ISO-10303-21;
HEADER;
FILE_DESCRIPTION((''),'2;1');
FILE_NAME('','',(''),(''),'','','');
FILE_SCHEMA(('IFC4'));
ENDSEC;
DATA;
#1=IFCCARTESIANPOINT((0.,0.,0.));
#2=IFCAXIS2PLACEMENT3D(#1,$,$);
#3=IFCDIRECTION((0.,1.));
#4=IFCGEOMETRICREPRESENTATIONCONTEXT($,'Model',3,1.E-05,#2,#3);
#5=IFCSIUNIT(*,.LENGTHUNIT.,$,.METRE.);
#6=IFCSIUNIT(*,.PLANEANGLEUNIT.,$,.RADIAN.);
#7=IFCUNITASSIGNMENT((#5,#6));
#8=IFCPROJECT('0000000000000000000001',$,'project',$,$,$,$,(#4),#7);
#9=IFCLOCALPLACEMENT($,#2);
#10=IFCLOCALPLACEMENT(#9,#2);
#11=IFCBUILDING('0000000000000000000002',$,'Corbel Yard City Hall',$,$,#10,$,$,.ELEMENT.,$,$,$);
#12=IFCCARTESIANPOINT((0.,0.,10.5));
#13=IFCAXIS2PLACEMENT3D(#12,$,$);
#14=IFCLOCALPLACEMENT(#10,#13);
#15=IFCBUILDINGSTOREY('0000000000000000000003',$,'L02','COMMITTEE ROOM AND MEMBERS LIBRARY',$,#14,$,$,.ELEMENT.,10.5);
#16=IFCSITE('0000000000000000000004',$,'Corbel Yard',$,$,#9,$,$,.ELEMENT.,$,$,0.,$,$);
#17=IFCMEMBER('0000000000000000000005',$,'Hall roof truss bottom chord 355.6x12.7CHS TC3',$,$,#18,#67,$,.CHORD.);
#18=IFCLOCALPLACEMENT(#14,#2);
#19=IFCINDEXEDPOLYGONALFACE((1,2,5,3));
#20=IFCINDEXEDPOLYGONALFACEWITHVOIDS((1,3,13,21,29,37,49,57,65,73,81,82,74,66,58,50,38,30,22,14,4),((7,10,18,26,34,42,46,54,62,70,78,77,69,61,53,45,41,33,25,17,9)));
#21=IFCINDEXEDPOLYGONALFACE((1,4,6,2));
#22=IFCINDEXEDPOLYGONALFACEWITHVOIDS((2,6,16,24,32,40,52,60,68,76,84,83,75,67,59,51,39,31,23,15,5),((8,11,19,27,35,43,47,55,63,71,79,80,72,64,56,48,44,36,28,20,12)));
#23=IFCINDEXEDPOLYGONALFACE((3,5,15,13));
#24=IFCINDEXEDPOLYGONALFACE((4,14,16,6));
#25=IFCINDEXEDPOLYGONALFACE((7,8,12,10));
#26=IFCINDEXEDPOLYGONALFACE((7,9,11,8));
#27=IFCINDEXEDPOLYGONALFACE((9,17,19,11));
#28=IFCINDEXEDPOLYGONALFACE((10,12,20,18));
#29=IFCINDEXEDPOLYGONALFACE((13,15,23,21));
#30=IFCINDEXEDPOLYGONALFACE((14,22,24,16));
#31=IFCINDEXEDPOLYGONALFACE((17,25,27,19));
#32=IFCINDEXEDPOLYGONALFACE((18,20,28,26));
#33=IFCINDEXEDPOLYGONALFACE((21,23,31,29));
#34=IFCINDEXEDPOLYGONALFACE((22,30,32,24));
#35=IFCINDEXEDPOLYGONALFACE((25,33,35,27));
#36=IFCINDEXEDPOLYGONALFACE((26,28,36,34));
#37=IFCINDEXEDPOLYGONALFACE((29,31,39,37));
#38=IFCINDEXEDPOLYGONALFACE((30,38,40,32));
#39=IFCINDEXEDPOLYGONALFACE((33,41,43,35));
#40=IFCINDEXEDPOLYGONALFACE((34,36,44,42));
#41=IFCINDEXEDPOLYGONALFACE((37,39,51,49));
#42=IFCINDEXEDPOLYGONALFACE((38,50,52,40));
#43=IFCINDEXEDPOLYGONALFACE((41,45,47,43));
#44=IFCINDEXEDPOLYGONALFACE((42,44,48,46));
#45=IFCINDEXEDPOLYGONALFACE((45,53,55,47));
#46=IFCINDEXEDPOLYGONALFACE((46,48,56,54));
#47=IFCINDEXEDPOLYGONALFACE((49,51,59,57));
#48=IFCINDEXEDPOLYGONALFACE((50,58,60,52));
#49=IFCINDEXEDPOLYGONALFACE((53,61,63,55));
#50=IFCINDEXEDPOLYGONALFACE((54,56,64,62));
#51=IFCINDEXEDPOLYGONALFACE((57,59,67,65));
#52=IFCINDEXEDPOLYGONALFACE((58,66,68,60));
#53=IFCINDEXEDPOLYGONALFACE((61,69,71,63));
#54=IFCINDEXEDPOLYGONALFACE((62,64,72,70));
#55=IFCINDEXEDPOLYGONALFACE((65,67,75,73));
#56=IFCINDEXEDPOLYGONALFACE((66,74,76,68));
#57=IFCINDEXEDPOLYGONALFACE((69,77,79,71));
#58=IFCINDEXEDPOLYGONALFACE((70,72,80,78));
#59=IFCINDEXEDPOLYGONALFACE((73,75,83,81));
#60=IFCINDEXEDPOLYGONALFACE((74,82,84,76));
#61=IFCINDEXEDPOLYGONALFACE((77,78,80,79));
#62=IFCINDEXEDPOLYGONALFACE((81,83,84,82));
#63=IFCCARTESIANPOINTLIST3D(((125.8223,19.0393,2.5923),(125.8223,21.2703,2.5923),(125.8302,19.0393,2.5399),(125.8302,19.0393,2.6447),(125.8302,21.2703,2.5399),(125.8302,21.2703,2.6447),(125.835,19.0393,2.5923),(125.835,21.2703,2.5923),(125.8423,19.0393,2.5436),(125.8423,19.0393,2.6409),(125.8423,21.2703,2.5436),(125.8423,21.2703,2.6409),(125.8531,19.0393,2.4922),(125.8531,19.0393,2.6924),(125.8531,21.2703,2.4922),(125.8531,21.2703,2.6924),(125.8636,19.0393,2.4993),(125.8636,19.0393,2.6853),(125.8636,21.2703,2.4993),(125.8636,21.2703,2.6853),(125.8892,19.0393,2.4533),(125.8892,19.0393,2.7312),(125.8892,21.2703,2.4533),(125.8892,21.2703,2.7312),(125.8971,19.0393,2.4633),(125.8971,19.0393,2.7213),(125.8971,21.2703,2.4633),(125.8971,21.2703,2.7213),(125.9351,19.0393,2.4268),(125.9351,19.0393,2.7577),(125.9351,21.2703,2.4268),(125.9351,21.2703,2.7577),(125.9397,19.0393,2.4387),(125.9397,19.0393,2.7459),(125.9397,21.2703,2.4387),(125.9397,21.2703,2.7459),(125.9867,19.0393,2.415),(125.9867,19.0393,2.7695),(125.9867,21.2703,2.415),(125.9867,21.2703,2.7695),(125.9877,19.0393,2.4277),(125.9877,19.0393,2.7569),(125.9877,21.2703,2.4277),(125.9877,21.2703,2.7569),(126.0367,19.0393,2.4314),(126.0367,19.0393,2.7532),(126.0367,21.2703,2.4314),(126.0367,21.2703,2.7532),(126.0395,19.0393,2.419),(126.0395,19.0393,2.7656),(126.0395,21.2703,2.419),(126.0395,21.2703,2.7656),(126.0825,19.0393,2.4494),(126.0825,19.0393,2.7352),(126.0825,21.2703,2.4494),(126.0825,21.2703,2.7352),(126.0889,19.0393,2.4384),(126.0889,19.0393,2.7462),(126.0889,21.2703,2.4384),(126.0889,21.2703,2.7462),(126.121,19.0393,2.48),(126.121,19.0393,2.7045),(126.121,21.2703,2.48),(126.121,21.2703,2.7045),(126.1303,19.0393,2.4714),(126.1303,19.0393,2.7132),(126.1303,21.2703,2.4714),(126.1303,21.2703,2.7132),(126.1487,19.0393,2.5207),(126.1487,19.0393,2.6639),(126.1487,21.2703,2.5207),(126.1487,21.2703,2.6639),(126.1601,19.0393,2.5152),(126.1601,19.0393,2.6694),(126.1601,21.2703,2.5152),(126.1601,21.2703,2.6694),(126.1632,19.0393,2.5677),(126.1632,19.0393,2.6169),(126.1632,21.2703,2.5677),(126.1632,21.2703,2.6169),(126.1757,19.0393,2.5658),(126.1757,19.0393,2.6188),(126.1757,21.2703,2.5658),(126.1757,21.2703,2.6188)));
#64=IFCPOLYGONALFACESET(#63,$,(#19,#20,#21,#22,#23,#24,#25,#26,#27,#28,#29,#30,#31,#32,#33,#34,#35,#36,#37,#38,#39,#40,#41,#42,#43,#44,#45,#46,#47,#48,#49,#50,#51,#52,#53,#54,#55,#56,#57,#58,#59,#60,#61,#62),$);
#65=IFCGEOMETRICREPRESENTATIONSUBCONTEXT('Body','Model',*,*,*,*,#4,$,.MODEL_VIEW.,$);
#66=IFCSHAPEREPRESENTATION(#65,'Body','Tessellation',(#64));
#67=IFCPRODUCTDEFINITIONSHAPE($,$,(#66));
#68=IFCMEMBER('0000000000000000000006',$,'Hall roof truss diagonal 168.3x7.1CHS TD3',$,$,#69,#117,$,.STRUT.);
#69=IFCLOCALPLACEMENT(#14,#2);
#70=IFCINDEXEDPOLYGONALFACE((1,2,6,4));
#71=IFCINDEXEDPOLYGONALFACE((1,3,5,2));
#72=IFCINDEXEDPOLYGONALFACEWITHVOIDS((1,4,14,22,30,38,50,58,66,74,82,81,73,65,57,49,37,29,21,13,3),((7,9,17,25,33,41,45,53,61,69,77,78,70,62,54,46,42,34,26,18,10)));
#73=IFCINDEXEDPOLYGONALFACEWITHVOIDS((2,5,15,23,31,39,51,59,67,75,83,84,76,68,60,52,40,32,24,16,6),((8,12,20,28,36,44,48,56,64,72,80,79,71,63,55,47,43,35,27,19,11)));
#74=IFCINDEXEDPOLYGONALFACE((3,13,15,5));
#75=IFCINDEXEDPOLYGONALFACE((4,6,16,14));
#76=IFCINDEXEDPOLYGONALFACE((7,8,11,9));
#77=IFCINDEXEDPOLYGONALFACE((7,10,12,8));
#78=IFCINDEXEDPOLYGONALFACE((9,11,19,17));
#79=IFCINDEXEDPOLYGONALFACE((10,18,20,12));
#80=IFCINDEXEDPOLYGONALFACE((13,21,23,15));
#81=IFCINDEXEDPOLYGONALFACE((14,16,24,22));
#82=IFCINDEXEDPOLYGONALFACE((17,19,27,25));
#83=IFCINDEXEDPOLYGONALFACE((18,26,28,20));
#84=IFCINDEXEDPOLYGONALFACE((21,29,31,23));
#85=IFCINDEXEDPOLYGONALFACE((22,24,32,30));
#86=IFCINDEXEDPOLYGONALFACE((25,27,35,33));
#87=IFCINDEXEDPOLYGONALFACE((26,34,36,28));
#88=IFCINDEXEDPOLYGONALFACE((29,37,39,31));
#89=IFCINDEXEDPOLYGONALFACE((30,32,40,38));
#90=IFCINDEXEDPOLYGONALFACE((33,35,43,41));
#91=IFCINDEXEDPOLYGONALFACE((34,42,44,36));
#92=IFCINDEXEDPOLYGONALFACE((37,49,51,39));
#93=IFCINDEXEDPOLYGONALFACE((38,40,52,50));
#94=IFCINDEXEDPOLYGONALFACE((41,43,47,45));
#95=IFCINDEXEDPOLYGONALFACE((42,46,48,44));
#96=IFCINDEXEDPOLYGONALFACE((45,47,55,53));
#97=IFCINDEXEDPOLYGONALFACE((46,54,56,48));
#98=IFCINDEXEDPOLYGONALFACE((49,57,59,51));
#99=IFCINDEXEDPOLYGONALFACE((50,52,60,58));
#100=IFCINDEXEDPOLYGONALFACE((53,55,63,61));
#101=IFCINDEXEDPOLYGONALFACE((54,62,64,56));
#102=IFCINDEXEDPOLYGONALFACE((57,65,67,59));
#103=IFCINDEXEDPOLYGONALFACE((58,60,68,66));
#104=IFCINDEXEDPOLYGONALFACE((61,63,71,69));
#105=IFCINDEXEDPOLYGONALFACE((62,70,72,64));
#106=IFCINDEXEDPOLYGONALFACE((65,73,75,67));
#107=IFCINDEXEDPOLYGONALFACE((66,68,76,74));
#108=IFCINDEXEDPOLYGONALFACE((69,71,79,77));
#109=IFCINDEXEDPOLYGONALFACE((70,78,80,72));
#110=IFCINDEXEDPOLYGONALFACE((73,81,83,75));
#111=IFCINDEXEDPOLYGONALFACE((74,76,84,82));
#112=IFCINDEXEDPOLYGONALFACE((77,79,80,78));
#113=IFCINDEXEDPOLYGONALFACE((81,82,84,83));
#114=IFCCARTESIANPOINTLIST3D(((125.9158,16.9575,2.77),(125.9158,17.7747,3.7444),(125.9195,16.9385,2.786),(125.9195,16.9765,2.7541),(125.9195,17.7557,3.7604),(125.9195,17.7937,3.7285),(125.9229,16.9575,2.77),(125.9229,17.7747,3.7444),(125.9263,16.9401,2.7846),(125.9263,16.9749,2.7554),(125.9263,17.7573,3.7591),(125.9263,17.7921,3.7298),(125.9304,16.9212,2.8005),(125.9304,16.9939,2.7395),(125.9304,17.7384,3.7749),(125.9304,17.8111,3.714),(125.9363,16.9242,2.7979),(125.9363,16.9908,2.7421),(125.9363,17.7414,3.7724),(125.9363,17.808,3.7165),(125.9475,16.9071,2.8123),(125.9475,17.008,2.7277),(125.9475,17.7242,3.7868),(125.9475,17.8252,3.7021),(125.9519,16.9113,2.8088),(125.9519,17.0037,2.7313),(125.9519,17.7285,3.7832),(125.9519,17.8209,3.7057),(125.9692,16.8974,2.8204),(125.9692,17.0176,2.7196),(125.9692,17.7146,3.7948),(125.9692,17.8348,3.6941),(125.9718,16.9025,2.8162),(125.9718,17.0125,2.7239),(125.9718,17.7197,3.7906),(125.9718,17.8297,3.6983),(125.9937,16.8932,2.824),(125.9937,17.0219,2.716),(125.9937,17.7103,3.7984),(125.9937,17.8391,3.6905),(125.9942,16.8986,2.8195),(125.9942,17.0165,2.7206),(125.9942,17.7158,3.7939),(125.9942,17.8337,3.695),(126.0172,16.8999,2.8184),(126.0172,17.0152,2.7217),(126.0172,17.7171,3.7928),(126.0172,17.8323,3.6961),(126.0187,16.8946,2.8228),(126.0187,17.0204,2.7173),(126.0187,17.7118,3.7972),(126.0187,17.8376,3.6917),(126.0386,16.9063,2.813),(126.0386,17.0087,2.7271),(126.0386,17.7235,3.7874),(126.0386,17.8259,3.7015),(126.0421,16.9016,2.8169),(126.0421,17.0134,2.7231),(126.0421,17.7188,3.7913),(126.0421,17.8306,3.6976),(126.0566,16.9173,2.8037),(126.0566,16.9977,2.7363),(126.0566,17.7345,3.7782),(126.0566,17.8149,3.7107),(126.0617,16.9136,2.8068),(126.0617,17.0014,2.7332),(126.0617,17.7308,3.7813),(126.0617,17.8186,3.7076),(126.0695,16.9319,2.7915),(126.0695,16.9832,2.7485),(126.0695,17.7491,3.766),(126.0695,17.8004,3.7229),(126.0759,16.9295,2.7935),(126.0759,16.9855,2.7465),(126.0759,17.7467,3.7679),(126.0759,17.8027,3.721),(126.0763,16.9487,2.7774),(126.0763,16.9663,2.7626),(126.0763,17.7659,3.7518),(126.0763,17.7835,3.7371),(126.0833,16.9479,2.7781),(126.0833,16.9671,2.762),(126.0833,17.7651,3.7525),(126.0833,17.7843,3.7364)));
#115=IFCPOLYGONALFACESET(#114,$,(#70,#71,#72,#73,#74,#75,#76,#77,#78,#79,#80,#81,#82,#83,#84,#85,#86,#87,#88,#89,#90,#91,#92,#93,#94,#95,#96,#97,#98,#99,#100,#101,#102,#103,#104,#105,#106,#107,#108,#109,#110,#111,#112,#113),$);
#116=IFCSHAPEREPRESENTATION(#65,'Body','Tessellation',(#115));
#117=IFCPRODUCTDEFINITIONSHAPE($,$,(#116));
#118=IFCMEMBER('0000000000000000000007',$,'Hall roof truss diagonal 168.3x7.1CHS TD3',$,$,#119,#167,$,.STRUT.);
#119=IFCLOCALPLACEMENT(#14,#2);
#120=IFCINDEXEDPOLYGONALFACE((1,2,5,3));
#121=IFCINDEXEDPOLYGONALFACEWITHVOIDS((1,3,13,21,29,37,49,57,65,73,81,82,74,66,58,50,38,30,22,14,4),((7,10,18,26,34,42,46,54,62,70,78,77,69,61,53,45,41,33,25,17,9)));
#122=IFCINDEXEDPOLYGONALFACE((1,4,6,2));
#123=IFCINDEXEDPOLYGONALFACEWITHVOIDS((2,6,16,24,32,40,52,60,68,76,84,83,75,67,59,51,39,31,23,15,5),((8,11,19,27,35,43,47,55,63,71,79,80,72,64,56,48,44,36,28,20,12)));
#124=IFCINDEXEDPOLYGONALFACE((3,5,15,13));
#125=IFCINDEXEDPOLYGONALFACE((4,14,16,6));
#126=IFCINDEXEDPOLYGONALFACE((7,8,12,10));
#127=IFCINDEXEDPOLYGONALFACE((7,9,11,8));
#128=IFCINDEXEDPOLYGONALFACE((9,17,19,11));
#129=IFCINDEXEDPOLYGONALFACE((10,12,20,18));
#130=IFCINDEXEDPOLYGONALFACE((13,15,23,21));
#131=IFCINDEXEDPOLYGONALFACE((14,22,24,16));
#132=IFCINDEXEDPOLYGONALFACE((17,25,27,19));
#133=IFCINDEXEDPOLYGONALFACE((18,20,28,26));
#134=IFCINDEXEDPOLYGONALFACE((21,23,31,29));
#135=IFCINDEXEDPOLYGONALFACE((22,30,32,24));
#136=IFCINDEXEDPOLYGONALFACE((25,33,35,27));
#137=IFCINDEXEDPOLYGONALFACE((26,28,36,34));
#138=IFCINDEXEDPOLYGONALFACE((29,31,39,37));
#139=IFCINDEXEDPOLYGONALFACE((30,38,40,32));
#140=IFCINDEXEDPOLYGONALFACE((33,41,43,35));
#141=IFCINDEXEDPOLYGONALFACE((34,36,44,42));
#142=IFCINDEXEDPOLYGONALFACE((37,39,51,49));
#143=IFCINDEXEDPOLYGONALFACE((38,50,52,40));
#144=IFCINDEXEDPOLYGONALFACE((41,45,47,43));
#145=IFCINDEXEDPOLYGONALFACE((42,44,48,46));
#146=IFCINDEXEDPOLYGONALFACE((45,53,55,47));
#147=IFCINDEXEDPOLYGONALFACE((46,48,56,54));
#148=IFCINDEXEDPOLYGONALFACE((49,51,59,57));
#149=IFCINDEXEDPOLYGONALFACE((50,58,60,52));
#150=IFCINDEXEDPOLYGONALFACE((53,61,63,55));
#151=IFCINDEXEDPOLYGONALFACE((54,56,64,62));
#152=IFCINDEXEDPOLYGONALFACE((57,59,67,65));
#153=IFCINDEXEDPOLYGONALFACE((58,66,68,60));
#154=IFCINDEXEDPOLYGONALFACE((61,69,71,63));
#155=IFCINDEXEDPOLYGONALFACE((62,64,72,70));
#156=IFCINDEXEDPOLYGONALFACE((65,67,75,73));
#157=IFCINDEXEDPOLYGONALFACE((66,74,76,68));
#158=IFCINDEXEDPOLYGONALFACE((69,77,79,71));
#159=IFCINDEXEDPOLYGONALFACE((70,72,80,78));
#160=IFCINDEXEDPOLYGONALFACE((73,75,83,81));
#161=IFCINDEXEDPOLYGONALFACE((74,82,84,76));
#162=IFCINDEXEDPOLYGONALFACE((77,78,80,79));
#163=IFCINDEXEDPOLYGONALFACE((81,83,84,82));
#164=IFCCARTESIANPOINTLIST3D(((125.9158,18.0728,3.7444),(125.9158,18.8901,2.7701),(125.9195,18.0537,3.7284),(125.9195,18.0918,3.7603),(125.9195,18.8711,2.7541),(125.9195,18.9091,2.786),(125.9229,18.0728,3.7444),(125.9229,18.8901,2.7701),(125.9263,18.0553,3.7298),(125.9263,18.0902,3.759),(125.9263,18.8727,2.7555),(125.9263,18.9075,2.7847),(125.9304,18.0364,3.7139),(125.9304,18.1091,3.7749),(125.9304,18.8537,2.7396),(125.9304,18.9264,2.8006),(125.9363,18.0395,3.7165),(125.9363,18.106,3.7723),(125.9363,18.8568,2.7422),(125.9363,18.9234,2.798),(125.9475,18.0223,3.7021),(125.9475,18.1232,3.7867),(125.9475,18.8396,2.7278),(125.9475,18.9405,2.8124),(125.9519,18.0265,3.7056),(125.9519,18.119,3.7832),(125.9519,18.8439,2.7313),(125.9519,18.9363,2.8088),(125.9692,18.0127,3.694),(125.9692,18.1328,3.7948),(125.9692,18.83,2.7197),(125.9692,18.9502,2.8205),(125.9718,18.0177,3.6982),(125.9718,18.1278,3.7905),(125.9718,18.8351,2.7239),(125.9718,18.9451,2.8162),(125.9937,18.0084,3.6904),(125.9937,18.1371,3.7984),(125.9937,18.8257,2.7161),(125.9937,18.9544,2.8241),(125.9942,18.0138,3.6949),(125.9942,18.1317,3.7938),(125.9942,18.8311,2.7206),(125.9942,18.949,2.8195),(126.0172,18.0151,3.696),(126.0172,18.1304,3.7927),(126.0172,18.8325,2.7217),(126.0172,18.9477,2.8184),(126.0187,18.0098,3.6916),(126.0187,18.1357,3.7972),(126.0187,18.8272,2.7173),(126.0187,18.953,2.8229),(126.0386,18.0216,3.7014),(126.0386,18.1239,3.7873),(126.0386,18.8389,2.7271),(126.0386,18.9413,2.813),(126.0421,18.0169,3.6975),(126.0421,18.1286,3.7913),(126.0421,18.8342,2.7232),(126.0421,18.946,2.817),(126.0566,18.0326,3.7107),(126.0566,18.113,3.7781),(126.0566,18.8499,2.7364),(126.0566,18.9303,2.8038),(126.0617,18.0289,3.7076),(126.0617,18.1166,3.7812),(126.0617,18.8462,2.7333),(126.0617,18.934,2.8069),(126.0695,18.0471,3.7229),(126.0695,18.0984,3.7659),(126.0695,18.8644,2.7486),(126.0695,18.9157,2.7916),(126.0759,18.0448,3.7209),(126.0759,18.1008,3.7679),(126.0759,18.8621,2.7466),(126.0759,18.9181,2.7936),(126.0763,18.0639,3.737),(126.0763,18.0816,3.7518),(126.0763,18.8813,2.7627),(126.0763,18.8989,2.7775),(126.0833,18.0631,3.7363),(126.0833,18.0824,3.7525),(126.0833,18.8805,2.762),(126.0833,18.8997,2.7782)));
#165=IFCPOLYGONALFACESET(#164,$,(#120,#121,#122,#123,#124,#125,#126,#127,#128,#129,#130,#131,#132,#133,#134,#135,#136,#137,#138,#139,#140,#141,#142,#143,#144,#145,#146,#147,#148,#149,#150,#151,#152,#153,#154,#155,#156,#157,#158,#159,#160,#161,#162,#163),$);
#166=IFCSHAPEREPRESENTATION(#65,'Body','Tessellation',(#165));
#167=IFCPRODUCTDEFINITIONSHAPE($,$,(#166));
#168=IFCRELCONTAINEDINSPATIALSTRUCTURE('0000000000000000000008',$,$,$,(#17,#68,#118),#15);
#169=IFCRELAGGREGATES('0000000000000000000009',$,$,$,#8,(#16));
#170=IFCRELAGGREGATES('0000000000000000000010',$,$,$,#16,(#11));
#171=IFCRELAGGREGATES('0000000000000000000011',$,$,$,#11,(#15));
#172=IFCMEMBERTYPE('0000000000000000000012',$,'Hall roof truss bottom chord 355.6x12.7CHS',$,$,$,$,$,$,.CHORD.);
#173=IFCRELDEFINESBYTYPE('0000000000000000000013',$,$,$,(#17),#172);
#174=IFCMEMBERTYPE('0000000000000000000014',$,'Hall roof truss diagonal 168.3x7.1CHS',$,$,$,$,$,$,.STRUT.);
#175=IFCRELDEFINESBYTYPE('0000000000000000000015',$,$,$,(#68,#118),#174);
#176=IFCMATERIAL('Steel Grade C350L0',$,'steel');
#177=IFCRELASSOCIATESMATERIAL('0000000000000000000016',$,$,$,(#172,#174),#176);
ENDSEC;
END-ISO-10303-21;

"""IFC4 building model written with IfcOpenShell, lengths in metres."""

from ifc_helpers import new_model, si_unit, direction, frame, origin, origin_2d, place, context, subcontext, project, spatial, hollow_circle, extrude, material, material_profile, profile_set, type_object, element, save


model = new_model("IFC4")

# Units and contexts
model_context = context("Model", 3, precision=1e-05, world=origin(), true_north=direction((0.0, 1.0)))
body_context = subcontext(model_context, "Body", "Model", "MODEL_VIEW")
ifc_project = project(units=[si_unit("LENGTHUNIT", "METRE"), si_unit("PLANEANGLEUNIT", "RADIAN")], contexts=[model_context])

# Site, building, storey
site_placement = place(None, origin())
site = spatial("IfcSite", under=ifc_project, at=site_placement, Name="Corbel Yard", CompositionType="ELEMENT", RefElevation=0.0)
building_placement = place(site_placement, origin())
building = spatial("IfcBuilding", under=site, at=building_placement, Name="Corbel Yard City Hall", CompositionType="ELEMENT")
storey_placement = place(building_placement, frame((0.0, 0.0, 10.5)))
storey = spatial("IfcBuildingStorey", under=building, at=storey_placement, Name="L02", Description="COMMITTEE ROOM AND MEMBERS LIBRARY", CompositionType="ELEMENT", Elevation=10.5)

# Members
ifc_material_1 = material(Name="Steel Grade C350L0", Category="steel")
ifc_material_profile_1 = material_profile(ifc_material_1, hollow_circle(Radius=0.1777, WallThickness=0.0127, at=origin_2d()), Name="355.6x12.7CHS")
ifc_profile_set_1 = profile_set([ifc_material_profile_1], Name="Steel Grade C350L0")
member_type_1 = type_object("IfcMemberType", Name="Hall roof truss bottom chord 355.6x12.7CHS", PredefinedType="CHORD", material=ifc_profile_set_1)
member_1_placement = place(storey_placement, frame((126.0, 19.0393, 2.5923), z_axis=(0.0, 1.0, 0.0), x_axis=(-1.0, 0.0, 0.0)))
element("IfcMember", 1, at=member_1_placement, inside=storey, type_object=member_type_1, Name="Hall roof truss bottom chord 355.6x12.7CHS TC3", PredefinedType="CHORD", context=body_context, shape_type="SweptSolid", body=[
    extrude(hollow_circle(Radius=0.1777, WallThickness=0.0127, at=origin_2d()), origin(), (0.0, 0.0, 1.0), 2.231),
])
ifc_material_profile_2 = material_profile(ifc_material_1, hollow_circle(Radius=0.0842, WallThickness=0.0071, at=origin_2d()), Name="168.3x7.1CHS")
ifc_profile_set_2 = profile_set([ifc_material_profile_2], Name="Steel Grade C350L0")
member_type_2 = type_object("IfcMemberType", Name="Hall roof truss diagonal 168.3x7.1CHS", PredefinedType="STRUT", material=ifc_profile_set_2)
for number, where, z_axis, x_axis, name in (
    (2, (126.0, 16.9575, 2.77), (0.0, 0.64258, 0.766219), (-1.0, 0.0, 0.0), "Hall roof truss diagonal 168.3x7.1CHS TD3"),
    (3, (126.0, 18.0728, 3.7444), (0.0, 0.642692, -0.766124), (-1.0, 0.0, 0.0), "Hall roof truss diagonal 168.3x7.1CHS TD3"),
):
    element("IfcMember", number, at=place(storey_placement, frame(where, z_axis=z_axis, x_axis=x_axis)), inside=storey, type_object=member_type_2, Name=name, PredefinedType="STRUT", context=body_context, shape_type="SweptSolid", body=[
        extrude(hollow_circle(Radius=0.0842, WallThickness=0.0071, at=origin_2d()), origin(), (0.0, 0.0, 1.0), 1.2717),
    ])

save(model, "model.ifc")
